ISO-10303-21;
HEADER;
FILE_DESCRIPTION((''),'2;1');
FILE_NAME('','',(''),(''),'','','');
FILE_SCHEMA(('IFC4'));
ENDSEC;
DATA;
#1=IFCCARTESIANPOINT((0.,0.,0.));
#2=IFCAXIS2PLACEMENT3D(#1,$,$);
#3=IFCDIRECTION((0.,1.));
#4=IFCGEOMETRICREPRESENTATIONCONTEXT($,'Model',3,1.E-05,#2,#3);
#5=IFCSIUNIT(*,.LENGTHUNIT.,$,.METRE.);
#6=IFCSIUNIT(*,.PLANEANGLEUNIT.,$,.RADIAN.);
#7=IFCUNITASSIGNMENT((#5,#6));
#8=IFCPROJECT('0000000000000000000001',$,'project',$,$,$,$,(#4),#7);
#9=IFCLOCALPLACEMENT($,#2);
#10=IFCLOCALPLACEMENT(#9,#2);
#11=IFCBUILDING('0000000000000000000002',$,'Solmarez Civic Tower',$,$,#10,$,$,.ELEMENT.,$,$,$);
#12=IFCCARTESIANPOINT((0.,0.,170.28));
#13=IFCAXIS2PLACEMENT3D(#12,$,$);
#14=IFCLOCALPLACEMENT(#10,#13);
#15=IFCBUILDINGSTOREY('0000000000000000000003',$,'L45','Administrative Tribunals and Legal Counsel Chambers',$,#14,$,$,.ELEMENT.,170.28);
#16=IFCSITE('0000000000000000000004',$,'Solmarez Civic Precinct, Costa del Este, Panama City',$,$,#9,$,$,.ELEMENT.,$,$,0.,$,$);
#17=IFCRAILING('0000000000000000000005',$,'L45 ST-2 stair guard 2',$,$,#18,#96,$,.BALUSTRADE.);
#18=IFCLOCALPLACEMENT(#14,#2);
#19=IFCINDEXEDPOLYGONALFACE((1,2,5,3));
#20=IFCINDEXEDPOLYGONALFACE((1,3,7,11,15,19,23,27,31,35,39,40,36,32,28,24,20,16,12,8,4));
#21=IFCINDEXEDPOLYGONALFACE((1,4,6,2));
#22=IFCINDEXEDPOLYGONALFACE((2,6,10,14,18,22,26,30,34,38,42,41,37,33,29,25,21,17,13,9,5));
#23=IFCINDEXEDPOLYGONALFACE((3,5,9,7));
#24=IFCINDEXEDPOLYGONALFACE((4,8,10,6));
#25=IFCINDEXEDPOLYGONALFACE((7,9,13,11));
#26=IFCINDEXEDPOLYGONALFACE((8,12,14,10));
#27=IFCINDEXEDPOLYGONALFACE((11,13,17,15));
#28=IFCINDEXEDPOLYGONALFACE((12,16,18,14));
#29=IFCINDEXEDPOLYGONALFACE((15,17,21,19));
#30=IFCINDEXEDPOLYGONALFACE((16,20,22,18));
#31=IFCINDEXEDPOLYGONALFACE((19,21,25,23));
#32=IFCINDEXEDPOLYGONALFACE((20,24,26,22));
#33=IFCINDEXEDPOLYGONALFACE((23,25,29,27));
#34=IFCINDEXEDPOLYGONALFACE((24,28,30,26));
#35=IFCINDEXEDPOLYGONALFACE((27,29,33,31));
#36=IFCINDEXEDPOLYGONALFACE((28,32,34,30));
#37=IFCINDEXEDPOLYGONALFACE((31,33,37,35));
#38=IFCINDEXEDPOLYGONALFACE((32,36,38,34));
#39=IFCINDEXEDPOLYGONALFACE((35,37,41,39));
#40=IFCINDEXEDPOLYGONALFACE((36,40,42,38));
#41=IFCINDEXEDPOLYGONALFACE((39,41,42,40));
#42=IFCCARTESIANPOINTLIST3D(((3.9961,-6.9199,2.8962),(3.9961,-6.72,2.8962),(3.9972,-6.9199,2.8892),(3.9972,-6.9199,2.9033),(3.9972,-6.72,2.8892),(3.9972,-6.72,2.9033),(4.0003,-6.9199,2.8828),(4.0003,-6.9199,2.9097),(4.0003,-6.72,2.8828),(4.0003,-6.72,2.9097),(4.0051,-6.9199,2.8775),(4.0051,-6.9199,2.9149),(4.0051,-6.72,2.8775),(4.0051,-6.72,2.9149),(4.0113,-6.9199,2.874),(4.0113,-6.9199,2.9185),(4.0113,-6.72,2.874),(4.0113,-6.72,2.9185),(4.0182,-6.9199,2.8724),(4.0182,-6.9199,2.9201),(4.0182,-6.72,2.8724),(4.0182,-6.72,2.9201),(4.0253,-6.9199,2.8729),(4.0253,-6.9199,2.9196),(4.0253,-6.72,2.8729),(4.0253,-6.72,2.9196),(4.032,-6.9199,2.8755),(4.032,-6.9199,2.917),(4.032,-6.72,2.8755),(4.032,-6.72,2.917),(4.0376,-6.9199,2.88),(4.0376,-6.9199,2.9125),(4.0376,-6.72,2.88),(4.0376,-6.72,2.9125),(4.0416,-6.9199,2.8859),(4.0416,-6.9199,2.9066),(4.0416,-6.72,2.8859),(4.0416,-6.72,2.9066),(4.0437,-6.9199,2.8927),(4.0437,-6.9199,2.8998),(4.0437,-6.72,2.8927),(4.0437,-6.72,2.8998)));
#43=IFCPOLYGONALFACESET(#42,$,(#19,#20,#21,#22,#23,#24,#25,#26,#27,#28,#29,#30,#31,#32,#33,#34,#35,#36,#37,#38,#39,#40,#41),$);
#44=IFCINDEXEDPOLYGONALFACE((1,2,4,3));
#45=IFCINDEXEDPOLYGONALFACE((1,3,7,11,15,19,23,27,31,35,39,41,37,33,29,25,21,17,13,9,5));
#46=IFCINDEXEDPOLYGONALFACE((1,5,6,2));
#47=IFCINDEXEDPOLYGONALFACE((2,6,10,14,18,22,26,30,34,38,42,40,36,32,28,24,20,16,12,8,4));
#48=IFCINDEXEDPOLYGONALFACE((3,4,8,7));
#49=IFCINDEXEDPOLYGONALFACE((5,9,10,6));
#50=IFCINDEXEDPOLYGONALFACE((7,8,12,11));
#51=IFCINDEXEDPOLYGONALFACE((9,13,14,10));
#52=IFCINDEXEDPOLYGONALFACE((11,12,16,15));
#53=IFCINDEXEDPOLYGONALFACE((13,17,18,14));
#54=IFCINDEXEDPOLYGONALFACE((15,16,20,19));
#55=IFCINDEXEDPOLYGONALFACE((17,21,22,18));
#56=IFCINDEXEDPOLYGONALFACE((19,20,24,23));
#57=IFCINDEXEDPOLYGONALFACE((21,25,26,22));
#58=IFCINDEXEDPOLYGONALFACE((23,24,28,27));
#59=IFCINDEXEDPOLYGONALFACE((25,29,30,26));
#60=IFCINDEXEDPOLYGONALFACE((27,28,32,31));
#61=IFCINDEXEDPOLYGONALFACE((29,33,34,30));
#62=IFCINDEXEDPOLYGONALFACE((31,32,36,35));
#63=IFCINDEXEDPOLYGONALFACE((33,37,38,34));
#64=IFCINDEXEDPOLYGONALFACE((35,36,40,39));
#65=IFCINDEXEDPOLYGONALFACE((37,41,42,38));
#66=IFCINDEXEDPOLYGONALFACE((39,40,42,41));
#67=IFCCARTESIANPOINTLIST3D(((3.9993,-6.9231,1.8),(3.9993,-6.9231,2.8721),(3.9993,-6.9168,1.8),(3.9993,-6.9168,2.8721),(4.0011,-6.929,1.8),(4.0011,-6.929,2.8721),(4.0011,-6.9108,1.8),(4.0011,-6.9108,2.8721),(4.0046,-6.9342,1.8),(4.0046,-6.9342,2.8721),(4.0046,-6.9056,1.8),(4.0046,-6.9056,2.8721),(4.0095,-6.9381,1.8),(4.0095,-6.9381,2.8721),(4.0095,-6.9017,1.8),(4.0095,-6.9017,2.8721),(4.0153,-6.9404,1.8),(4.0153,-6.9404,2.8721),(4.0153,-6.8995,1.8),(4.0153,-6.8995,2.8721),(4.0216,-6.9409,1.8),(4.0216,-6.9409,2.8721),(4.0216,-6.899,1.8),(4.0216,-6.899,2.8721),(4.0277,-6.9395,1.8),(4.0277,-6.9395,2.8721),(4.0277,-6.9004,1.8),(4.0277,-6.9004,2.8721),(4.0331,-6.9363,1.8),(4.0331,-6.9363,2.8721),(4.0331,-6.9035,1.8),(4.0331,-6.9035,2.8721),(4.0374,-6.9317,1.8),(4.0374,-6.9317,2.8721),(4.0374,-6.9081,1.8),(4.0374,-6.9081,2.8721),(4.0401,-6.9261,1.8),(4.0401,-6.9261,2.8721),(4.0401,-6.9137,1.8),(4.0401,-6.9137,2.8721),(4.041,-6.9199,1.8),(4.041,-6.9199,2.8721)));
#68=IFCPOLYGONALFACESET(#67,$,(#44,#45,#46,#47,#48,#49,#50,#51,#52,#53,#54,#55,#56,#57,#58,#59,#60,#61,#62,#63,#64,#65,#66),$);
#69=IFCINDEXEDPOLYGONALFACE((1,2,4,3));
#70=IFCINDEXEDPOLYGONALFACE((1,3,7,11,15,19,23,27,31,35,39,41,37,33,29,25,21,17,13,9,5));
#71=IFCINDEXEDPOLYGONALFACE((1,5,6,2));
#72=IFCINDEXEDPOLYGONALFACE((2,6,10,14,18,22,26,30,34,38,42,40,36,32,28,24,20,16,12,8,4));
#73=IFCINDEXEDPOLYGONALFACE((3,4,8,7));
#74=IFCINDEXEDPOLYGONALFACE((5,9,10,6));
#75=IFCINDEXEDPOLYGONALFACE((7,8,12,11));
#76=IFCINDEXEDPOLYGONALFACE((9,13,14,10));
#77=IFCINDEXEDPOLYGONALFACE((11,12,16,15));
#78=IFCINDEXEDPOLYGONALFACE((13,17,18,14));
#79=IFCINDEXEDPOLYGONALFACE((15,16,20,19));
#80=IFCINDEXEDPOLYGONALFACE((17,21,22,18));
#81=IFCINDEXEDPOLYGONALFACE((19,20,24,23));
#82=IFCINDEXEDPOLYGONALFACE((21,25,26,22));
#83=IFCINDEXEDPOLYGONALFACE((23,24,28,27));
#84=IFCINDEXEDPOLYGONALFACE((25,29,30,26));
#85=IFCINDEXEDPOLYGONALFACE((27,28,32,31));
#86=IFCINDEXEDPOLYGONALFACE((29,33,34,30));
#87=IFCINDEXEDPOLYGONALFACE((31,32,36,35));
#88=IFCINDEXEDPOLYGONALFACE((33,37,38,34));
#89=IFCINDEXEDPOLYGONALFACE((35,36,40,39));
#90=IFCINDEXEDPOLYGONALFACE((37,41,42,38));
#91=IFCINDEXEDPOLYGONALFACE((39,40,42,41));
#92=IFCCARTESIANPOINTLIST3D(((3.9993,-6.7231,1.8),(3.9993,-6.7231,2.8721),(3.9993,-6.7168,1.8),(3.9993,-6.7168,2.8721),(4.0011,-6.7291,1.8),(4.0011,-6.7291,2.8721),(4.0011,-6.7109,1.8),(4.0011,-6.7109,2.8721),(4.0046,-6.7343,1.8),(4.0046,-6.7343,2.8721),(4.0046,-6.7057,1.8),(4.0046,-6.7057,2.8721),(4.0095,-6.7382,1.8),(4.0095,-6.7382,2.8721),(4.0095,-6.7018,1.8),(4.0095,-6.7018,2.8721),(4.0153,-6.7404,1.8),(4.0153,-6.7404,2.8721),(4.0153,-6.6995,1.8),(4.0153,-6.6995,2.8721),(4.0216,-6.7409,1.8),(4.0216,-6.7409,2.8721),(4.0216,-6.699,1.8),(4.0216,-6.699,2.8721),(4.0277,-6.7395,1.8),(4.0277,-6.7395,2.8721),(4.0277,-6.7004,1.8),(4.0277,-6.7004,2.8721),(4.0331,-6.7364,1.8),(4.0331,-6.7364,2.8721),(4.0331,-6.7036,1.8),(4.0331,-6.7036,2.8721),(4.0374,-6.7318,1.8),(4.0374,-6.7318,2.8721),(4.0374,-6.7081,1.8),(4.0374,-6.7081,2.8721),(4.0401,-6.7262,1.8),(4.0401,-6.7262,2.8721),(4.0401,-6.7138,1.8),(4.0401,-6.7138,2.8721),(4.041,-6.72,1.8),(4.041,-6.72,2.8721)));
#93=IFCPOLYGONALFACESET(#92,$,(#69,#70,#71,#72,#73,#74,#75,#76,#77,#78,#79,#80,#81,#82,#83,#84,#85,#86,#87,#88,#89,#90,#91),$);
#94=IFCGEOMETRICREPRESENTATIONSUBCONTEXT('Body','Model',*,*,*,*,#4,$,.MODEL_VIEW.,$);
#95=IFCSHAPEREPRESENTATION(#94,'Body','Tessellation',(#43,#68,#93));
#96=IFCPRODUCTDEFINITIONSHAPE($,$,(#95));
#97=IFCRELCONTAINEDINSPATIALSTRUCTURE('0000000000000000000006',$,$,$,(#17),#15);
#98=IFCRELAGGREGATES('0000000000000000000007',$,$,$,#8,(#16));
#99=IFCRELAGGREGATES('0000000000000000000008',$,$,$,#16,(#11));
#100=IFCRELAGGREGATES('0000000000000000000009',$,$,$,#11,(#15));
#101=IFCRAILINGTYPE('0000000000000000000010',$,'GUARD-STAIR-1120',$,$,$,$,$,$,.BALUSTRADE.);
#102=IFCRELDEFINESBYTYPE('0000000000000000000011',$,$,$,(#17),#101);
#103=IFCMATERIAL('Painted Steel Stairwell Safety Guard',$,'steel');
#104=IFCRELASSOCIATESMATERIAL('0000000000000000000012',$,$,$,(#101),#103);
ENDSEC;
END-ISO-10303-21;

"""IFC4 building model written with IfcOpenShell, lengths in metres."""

from ifc_helpers import new_model, si_unit, direction, frame, origin, origin_2d, place, context, subcontext, project, spatial, circle, extrude, material, type_object, element, save


model = new_model("IFC4")

# Units and contexts
model_context = context("Model", 3, precision=1e-05, world=origin(), true_north=direction((0.0, 1.0)))
body_context = subcontext(model_context, "Body", "Model", "MODEL_VIEW")
ifc_project = project(units=[si_unit("LENGTHUNIT", "METRE"), si_unit("PLANEANGLEUNIT", "RADIAN")], contexts=[model_context])

# Site, building, storey
site_placement = place(None, origin())
site = spatial("IfcSite", under=ifc_project, at=site_placement, Name="Solmarez Civic Precinct, Costa del Este, Panama City", CompositionType="ELEMENT", RefElevation=0.0)
building_placement = place(site_placement, origin())
building = spatial("IfcBuilding", under=site, at=building_placement, Name="Solmarez Civic Tower", CompositionType="ELEMENT")
storey_placement = place(building_placement, frame((0.0, 0.0, 170.28)))
storey = spatial("IfcBuildingStorey", under=building, at=storey_placement, Name="L45", Description="Administrative Tribunals and Legal Counsel Chambers", CompositionType="ELEMENT", Elevation=170.28)

# Railing
ifc_material_1 = material(Name="Painted Steel Stairwell Safety Guard", Category="steel")
railing_type_1 = type_object("IfcRailingType", Name="GUARD-STAIR-1120", PredefinedType="BALUSTRADE", material=ifc_material_1)
railing_1_placement = place(storey_placement, frame((4.02, -6.9199, 1.8)))
element("IfcRailing", 1, at=railing_1_placement, inside=storey, type_object=railing_type_1, Name="L45 ST-2 stair guard 2", PredefinedType="BALUSTRADE", context=body_context, shape_type="SweptSolid", body=[
    extrude(circle(Radius=0.0239, at=origin_2d()), frame((0.0, 0.0, 1.0962), z_axis=(0.0, 1.0, 0.0), x_axis=(-1.0, 0.0, 0.0)), (0.0, 0.0, 1.0), 0.2),
    extrude(circle(Radius=0.021, at=origin_2d()), origin(), (0.0, 0.0, 1.0), 1.072),
    extrude(circle(Radius=0.021, at=origin_2d()), frame((0.0, 0.2, 0.0)), (0.0, 0.0, 1.0), 1.072),
])

save(model, "model.ifc")
